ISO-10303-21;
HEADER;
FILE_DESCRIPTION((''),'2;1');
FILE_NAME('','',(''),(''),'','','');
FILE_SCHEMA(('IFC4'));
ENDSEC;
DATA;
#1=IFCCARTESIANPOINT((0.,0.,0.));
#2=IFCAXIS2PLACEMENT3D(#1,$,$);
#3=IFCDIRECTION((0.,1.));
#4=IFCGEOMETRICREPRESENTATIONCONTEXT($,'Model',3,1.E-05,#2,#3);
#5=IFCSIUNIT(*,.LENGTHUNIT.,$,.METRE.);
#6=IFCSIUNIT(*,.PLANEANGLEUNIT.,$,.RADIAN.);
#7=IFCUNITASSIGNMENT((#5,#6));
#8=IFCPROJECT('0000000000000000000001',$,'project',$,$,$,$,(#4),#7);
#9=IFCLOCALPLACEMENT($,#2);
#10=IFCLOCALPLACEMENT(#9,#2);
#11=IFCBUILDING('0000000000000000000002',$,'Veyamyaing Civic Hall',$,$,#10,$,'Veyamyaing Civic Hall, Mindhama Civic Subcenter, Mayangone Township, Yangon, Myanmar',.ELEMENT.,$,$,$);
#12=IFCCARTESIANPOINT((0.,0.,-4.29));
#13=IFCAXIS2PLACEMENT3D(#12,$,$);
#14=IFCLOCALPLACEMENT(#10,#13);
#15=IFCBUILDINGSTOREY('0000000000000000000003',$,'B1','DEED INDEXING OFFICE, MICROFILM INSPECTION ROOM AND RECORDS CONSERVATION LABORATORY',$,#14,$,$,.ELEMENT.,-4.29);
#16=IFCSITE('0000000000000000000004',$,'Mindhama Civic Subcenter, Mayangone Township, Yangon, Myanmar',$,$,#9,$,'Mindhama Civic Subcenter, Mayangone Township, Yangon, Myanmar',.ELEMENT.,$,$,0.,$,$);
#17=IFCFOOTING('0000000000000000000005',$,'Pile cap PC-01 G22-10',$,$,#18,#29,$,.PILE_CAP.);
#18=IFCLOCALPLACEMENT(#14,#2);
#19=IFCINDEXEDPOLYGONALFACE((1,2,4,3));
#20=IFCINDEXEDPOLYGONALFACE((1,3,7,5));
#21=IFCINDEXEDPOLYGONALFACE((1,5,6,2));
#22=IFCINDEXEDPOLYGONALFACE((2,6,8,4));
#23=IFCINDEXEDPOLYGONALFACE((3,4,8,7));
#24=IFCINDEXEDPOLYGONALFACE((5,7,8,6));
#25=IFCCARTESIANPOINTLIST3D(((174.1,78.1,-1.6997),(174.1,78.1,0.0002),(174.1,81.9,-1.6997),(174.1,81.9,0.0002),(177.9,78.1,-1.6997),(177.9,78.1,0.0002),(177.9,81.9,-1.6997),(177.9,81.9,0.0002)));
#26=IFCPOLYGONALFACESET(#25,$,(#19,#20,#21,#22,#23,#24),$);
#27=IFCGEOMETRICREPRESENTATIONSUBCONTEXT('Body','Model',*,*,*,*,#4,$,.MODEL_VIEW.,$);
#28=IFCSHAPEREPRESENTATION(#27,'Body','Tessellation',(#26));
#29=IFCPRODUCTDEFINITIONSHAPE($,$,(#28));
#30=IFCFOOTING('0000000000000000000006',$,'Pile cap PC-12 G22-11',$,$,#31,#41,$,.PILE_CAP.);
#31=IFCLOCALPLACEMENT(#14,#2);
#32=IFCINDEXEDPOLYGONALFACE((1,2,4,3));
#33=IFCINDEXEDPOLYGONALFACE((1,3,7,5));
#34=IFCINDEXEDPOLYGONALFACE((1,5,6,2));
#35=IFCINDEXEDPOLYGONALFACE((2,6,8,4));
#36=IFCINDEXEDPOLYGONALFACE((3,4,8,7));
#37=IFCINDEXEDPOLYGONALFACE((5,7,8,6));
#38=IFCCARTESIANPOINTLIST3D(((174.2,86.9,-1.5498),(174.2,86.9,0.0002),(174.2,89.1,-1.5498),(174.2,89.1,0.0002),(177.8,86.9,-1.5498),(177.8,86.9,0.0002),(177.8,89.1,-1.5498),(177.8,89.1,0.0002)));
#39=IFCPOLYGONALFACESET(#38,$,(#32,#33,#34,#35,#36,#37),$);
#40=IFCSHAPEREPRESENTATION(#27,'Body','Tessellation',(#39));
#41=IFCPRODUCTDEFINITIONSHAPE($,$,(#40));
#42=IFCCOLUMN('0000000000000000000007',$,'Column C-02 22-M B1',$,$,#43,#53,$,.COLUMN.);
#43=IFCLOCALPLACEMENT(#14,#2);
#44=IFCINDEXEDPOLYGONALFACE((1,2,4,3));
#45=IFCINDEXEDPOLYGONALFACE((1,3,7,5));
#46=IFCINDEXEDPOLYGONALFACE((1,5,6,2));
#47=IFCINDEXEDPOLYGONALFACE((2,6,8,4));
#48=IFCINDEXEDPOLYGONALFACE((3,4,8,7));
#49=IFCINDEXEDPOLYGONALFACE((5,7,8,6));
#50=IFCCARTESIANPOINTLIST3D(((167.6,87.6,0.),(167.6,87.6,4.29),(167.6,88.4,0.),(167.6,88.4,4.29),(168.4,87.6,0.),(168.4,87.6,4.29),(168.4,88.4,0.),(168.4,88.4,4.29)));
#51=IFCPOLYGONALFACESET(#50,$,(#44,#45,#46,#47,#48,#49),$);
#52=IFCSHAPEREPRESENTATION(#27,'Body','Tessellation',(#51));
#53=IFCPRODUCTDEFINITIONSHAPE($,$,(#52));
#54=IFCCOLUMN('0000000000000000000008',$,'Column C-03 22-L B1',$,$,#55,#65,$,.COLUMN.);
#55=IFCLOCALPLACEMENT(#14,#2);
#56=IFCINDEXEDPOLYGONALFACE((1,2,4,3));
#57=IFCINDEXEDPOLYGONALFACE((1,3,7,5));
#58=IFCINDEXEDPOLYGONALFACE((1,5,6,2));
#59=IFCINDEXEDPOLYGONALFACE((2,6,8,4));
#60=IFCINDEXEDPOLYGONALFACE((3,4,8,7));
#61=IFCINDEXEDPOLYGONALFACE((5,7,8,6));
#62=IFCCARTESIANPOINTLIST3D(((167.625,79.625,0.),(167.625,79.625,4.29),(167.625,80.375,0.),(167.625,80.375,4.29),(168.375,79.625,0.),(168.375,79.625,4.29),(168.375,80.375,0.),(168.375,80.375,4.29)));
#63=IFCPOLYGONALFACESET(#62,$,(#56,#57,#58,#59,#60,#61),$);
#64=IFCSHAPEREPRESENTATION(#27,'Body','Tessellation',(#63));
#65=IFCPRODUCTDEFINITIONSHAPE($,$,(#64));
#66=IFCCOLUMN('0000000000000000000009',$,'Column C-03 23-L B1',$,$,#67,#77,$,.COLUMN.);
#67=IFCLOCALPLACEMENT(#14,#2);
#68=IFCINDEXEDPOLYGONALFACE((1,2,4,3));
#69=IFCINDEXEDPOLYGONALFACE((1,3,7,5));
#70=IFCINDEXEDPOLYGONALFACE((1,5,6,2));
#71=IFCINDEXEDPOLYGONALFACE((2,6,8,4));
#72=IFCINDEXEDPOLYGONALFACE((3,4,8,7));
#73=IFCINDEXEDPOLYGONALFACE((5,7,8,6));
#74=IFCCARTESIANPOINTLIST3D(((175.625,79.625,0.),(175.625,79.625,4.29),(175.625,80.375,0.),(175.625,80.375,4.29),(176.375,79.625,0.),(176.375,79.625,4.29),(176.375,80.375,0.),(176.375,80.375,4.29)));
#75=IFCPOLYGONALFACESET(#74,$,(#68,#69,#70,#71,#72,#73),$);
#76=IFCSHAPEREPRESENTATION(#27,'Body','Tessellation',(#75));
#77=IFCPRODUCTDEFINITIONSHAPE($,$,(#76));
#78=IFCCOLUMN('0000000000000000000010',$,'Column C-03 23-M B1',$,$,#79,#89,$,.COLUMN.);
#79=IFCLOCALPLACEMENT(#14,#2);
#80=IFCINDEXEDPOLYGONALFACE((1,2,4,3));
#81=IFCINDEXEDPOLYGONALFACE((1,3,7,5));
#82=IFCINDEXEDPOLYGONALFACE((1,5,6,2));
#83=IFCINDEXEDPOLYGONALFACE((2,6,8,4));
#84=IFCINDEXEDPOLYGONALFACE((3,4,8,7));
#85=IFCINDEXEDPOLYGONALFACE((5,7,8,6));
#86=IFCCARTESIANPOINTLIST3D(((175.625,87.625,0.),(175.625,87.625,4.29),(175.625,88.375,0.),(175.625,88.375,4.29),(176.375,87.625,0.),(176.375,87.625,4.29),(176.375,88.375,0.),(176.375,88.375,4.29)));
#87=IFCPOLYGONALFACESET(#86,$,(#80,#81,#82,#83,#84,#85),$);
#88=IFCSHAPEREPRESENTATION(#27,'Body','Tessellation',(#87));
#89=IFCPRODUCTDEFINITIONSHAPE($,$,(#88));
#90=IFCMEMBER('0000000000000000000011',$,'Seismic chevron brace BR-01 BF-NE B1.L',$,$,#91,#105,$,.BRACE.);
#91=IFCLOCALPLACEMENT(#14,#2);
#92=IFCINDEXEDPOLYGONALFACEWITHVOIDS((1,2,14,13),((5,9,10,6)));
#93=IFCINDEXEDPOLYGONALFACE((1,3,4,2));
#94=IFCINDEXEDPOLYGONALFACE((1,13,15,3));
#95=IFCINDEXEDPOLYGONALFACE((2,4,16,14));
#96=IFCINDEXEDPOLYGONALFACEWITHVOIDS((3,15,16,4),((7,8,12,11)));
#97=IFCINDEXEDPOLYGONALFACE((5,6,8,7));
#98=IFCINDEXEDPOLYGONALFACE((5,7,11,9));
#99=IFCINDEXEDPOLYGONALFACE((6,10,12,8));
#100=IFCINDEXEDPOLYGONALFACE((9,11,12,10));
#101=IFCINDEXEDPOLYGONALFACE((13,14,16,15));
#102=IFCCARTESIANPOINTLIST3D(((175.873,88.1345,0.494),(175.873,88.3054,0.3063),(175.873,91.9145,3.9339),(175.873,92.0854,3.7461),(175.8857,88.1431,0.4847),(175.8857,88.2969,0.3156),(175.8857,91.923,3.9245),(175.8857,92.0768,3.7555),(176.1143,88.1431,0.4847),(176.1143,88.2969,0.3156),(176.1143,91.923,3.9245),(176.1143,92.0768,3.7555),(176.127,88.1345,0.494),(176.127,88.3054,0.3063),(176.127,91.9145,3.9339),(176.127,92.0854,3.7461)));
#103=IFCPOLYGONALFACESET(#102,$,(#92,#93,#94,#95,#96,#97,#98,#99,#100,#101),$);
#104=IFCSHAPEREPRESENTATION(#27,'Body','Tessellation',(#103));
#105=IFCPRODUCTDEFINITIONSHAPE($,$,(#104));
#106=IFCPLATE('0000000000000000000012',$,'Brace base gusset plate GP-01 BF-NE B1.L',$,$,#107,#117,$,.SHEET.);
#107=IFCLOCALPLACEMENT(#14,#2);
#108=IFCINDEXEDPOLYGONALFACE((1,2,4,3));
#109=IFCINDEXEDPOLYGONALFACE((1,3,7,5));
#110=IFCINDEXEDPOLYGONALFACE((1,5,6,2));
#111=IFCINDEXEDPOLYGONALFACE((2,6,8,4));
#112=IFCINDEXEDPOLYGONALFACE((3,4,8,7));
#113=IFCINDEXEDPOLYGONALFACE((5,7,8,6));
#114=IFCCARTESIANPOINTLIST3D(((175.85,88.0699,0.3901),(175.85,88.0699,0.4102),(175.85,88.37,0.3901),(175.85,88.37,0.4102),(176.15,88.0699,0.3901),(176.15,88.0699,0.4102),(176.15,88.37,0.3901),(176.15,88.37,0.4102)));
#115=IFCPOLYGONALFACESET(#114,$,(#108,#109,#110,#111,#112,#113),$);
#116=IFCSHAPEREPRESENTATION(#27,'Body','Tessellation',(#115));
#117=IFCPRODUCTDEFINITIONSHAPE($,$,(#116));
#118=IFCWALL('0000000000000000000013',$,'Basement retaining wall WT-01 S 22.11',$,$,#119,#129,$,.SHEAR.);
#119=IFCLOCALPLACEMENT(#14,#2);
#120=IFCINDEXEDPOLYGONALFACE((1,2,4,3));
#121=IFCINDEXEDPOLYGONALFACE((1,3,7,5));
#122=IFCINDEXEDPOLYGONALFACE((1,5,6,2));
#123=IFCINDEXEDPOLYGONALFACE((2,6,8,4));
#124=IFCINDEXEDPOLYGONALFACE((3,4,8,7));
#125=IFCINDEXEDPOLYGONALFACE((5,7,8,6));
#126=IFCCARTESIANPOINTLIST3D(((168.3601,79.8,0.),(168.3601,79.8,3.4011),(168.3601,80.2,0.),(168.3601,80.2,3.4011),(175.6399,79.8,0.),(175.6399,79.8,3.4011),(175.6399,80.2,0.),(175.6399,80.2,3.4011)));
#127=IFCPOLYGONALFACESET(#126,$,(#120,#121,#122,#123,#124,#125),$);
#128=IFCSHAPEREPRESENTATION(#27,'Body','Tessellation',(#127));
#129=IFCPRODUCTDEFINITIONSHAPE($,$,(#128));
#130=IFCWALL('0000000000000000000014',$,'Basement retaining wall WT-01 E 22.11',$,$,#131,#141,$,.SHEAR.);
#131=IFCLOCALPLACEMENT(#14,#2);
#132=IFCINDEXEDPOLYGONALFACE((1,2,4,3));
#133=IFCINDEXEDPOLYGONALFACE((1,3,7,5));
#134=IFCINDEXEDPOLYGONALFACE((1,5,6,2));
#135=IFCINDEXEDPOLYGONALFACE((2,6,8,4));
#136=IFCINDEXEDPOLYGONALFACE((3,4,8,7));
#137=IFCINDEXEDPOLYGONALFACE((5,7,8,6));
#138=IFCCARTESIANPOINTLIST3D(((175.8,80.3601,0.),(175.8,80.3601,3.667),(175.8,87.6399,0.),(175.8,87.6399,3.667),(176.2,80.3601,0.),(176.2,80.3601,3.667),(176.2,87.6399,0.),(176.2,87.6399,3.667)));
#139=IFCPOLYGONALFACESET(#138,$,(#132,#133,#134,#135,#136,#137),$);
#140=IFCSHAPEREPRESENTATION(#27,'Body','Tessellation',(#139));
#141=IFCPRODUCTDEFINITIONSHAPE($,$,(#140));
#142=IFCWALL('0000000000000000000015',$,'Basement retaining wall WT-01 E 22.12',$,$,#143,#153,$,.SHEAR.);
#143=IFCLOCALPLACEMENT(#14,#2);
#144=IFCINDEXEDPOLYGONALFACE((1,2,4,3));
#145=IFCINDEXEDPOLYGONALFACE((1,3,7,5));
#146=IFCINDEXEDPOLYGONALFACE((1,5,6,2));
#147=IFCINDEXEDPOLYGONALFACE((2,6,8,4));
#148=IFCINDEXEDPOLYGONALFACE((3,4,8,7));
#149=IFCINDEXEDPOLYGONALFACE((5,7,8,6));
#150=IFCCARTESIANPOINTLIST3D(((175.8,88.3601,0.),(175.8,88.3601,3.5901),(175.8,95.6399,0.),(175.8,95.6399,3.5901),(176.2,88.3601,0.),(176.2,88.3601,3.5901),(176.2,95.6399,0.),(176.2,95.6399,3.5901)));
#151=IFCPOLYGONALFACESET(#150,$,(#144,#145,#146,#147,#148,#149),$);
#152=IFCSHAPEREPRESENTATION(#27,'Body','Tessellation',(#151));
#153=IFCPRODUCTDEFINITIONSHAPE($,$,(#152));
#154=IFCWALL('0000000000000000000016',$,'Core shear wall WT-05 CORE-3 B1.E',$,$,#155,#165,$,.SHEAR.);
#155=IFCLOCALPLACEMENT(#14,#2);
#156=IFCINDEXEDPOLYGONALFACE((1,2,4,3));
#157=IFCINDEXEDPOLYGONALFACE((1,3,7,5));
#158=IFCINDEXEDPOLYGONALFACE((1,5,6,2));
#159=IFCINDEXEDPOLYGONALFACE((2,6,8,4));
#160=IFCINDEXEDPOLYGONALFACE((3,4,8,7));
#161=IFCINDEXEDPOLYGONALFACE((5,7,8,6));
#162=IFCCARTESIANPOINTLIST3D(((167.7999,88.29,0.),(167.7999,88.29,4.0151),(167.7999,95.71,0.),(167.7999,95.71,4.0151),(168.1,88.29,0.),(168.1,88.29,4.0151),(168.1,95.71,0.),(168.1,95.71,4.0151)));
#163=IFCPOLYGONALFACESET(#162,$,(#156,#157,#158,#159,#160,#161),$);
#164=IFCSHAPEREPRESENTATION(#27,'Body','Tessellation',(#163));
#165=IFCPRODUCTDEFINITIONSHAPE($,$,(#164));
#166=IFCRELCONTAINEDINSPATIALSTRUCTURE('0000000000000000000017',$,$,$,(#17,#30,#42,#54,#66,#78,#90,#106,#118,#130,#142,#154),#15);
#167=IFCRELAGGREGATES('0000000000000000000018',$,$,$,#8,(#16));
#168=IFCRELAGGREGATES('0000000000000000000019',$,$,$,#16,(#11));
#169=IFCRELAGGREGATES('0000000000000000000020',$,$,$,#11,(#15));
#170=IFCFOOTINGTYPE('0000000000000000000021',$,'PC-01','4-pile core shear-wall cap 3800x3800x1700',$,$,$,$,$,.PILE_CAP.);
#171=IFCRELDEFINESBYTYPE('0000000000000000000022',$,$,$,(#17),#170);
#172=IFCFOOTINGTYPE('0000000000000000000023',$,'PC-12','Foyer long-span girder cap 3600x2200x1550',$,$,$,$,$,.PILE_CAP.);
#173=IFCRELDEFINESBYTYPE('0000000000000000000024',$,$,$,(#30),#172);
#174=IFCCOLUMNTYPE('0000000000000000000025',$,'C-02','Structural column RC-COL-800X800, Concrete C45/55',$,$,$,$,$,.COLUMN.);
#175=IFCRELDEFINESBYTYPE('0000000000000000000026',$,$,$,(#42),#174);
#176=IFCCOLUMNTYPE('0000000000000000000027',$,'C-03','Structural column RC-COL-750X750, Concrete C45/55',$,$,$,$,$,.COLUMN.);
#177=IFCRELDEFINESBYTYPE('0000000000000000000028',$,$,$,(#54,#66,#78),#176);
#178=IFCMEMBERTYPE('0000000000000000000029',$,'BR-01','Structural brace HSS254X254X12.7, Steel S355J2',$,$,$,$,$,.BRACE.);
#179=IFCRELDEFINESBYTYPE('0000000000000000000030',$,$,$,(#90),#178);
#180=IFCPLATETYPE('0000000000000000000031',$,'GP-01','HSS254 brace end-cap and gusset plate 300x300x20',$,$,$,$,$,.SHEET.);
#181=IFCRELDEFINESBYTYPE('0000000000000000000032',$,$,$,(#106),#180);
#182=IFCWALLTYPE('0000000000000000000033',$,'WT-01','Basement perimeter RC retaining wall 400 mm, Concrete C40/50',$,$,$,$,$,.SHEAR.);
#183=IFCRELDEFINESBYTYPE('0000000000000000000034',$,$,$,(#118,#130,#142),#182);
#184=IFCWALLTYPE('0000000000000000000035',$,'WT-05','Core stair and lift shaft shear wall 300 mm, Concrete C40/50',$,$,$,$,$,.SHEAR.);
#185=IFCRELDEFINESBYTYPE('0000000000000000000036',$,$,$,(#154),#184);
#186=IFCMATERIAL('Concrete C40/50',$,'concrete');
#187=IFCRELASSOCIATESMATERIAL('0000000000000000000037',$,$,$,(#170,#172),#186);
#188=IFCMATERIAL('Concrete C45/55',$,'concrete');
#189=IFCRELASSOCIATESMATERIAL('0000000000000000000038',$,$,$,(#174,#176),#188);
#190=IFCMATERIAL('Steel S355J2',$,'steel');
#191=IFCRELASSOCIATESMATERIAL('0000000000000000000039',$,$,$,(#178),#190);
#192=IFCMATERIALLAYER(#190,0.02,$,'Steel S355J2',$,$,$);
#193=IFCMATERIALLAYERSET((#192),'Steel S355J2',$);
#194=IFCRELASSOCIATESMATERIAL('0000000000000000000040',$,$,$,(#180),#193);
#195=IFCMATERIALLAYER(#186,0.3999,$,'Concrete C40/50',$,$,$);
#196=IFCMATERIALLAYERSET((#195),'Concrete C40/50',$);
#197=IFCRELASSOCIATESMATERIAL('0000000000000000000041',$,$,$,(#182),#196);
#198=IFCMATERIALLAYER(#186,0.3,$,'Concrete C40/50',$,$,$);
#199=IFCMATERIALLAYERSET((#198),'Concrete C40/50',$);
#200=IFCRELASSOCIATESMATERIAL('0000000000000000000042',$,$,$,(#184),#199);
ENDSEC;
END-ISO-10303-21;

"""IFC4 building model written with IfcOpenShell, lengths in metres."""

from ifc_helpers import new_model, si_unit, direction, frame, frame_2d, origin, origin_2d, place, context, subcontext, project, spatial, rectangle, hollow_rectangle, extrude, material, layer, layer_set, material_profile, profile_set, type_object, element, save


model = new_model("IFC4")

# Units and contexts
model_context = context("Model", 3, precision=1e-05, world=origin(), true_north=direction((0.0, 1.0)))
body_context = subcontext(model_context, "Body", "Model", "MODEL_VIEW")
ifc_project = project(units=[si_unit("LENGTHUNIT", "METRE"), si_unit("PLANEANGLEUNIT", "RADIAN")], contexts=[model_context])

# Site, building, storey
site_placement = place(None, origin())
site = spatial("IfcSite", under=ifc_project, at=site_placement, Name="Mindhama Civic Subcenter, Mayangone Township, Yangon, Myanmar", LongName="Mindhama Civic Subcenter, Mayangone Township, Yangon, Myanmar", CompositionType="ELEMENT", RefElevation=0.0)
building_placement = place(site_placement, origin())
building = spatial("IfcBuilding", under=site, at=building_placement, Name="Veyamyaing Civic Hall", LongName="Veyamyaing Civic Hall, Mindhama Civic Subcenter, Mayangone Township, Yangon, Myanmar", CompositionType="ELEMENT")
storey_placement = place(building_placement, frame((0.0, 0.0, -4.29)))
storey = spatial("IfcBuildingStorey", under=building, at=storey_placement, Name="B1", Description="DEED INDEXING OFFICE, MICROFILM INSPECTION ROOM AND RECORDS CONSERVATION LABORATORY", CompositionType="ELEMENT", Elevation=-4.29)

# Shared definitions
ifc_material_1 = material(Name="Concrete C40/50", Category="concrete")

# Footings
footing_type_1 = type_object("IfcFootingType", Name="PC-01", Description="4-pile core shear-wall cap 3800x3800x1700", PredefinedType="PILE_CAP", material=ifc_material_1)
for number, where, z_axis, x_axis, name in (
    (1, (176.0, 80.0, -1.6997), (0.0, 0.0, 1.0), (1.0, 0.0, 0.0), "Pile cap PC-01 G22-10"),
):
    element("IfcFooting", number, at=place(storey_placement, frame(where, z_axis=z_axis, x_axis=x_axis)), inside=storey, type_object=footing_type_1, Name=name, PredefinedType="PILE_CAP", context=body_context, shape_type="SweptSolid", body=[
        extrude(rectangle(XDim=3.8, YDim=3.8, at=origin_2d()), origin(), (0.0, 0.0, 1.0), 1.7),
    ])
footing_type_2 = type_object("IfcFootingType", Name="PC-12", Description="Foyer long-span girder cap 3600x2200x1550", PredefinedType="PILE_CAP", material=ifc_material_1)
footing_1_placement = place(storey_placement, frame((176.0, 88.0, -1.5498), z_axis=(0.0, 0.0, 1.0), x_axis=(1.0, 0.0, 0.0)))
element("IfcFooting", 2, at=footing_1_placement, inside=storey, type_object=footing_type_2, Name="Pile cap PC-12 G22-11", PredefinedType="PILE_CAP", context=body_context, shape_type="SweptSolid", body=[
    extrude(rectangle(XDim=3.6001, YDim=2.2, at=origin_2d()), origin(), (0.0, 0.0, 1.0), 1.55),
])

# Columns
ifc_material_2 = material(Name="Concrete C45/55", Category="concrete")
ifc_material_profile_1 = material_profile(ifc_material_2, rectangle(XDim=0.8, YDim=0.8, at=origin_2d()), Name="RC-COL-800X800")
ifc_profile_set_1 = profile_set([ifc_material_profile_1], Name="Concrete C45/55")
column_type_1 = type_object("IfcColumnType", Name="C-02", Description="Structural column RC-COL-800X800, Concrete C45/55", PredefinedType="COLUMN", material=ifc_profile_set_1)
column_placement = place(storey_placement, frame((168.0, 88.0, 0.0), z_axis=(0.0, 0.0, 1.0), x_axis=(1.0, 0.0, 0.0)))
element("IfcColumn", 3, at=column_placement, inside=storey, type_object=column_type_1, Name="Column C-02 22-M B1", PredefinedType="COLUMN", context=body_context, shape_type="SweptSolid", body=[
    extrude(rectangle(XDim=0.8, YDim=0.8, at=origin_2d()), origin(), (0.0, 0.0, 1.0), 4.29),
])
ifc_material_profile_2 = material_profile(ifc_material_2, rectangle(XDim=0.75, YDim=0.75, at=origin_2d()), Name="RC-COL-750X750")
ifc_profile_set_2 = profile_set([ifc_material_profile_2], Name="Concrete C45/55")
column_type_2 = type_object("IfcColumnType", Name="C-03", Description="Structural column RC-COL-750X750, Concrete C45/55", PredefinedType="COLUMN", material=ifc_profile_set_2)
for number, where, z_axis, x_axis, name in (
    (4, (168.0, 80.0, 0.0), (0.0, 0.0, 1.0), (1.0, 0.0, 0.0), "Column C-03 22-L B1"),
    (5, (176.0, 80.0, 0.0), (0.0, 0.0, 1.0), (1.0, 0.0, 0.0), "Column C-03 23-L B1"),
    (6, (176.0, 88.0, 0.0), (0.0, 0.0, 1.0), (1.0, 0.0, 0.0), "Column C-03 23-M B1"),
):
    element("IfcColumn", number, at=place(storey_placement, frame(where, z_axis=z_axis, x_axis=x_axis)), inside=storey, type_object=column_type_2, Name=name, PredefinedType="COLUMN", context=body_context, shape_type="SweptSolid", body=[
        extrude(rectangle(XDim=0.75, YDim=0.75, at=origin_2d()), origin(), (0.0, 0.0, 1.0), 4.29),
    ])

# Member
ifc_material_3 = material(Name="Steel S355J2", Category="steel")
ifc_material_profile_3 = material_profile(ifc_material_3, hollow_rectangle(XDim=0.2539, YDim=0.2539, WallThickness=0.0127, at=origin_2d()), Name="HSS254X254X12.7")
ifc_profile_set_3 = profile_set([ifc_material_profile_3], Name="Steel S355J2")
member_type = type_object("IfcMemberType", Name="BR-01", Description="Structural brace HSS254X254X12.7, Steel S355J2", PredefinedType="BRACE", material=ifc_profile_set_3)
member_placement = place(storey_placement, frame((176.0, 88.22, 0.4001), z_axis=(0.0, 0.739594, 0.673053), x_axis=(-1.0, 0.0, 0.0)))
element("IfcMember", 7, at=member_placement, inside=storey, type_object=member_type, Name="Seismic chevron brace BR-01 BF-NE B1.L", PredefinedType="BRACE", context=body_context, shape_type="SweptSolid", body=[
    extrude(hollow_rectangle(XDim=0.2539, YDim=0.2539, WallThickness=0.0127, at=origin_2d()), origin(), (0.0, 0.0, 1.0), 5.1108),
])

# Plate
ifc_layer_1 = layer(ifc_material_3, 0.02, Name="Steel S355J2")
ifc_layer_set_1 = layer_set([ifc_layer_1], Name="Steel S355J2")
plate_type = type_object("IfcPlateType", Name="GP-01", Description="HSS254 brace end-cap and gusset plate 300x300x20", PredefinedType="SHEET", material=ifc_layer_set_1)
plate_placement = place(storey_placement, frame((176.0, 88.22, 0.3901), z_axis=(0.0, 0.0, 1.0), x_axis=(1.0, 0.0, 0.0)))
element("IfcPlate", 8, at=plate_placement, inside=storey, type_object=plate_type, Name="Brace base gusset plate GP-01 BF-NE B1.L", PredefinedType="SHEET", context=body_context, shape_type="SweptSolid", body=[
    extrude(rectangle(XDim=0.3, YDim=0.3, at=origin_2d()), origin(), (0.0, 0.0, 1.0), 0.02),
])

# Walls
ifc_layer_2 = layer(ifc_material_1, 0.3999, Name="Concrete C40/50")
ifc_layer_set_2 = layer_set([ifc_layer_2], Name="Concrete C40/50")
wall_type_1 = type_object("IfcWallType", Name="WT-01", Description="Basement perimeter RC retaining wall 400 mm, Concrete C40/50", PredefinedType="SHEAR", material=ifc_layer_set_2)
wall_1_placement = place(storey_placement, frame((168.3601, 80.0, 0.0), z_axis=(0.0, 0.0, 1.0), x_axis=(1.0, 0.0, 0.0)))
element("IfcWall", 9, at=wall_1_placement, inside=storey, type_object=wall_type_1, Name="Basement retaining wall WT-01 S 22.11", PredefinedType="SHEAR", context=body_context, shape_type="SweptSolid", body=[
    extrude(rectangle(XDim=7.2798, YDim=0.3999, at=frame_2d((3.6399, 0.0))), origin(), (0.0, 0.0, 1.0), 3.4011),
])
wall_2_placement = place(storey_placement, frame((176.0, 80.3601, 0.0), z_axis=(0.0, 0.0, 1.0), x_axis=(0.0, 1.0, 0.0)))
element("IfcWall", 10, at=wall_2_placement, inside=storey, type_object=wall_type_1, Name="Basement retaining wall WT-01 E 22.11", PredefinedType="SHEAR", context=body_context, shape_type="SweptSolid", body=[
    extrude(rectangle(XDim=7.2798, YDim=0.3999, at=frame_2d((3.6399, 0.0))), origin(), (0.0, 0.0, 1.0), 3.667),
])
wall_3_placement = place(storey_placement, frame((176.0, 88.3601, 0.0), z_axis=(0.0, 0.0, 1.0), x_axis=(0.0, 1.0, 0.0)))
element("IfcWall", 11, at=wall_3_placement, inside=storey, type_object=wall_type_1, Name="Basement retaining wall WT-01 E 22.12", PredefinedType="SHEAR", context=body_context, shape_type="SweptSolid", body=[
    extrude(rectangle(XDim=7.2798, YDim=0.3999, at=frame_2d((3.6399, 0.0))), origin(), (0.0, 0.0, 1.0), 3.5901),
])
ifc_layer_3 = layer(ifc_material_1, 0.3, Name="Concrete C40/50")
ifc_layer_set_3 = layer_set([ifc_layer_3], Name="Concrete C40/50")
wall_type_2 = type_object("IfcWallType", Name="WT-05", Description="Core stair and lift shaft shear wall 300 mm, Concrete C40/50", PredefinedType="SHEAR", material=ifc_layer_set_3)
wall_4_placement = place(storey_placement, frame((167.95, 88.29, 0.0), z_axis=(0.0, 0.0, 1.0), x_axis=(0.0, 1.0, 0.0)))
element("IfcWall", 12, at=wall_4_placement, inside=storey, type_object=wall_type_2, Name="Core shear wall WT-05 CORE-3 B1.E", PredefinedType="SHEAR", context=body_context, shape_type="SweptSolid", body=[
    extrude(rectangle(XDim=7.4199, YDim=0.3, at=frame_2d((3.71, 0.0))), origin(), (0.0, 0.0, 1.0), 4.0151),
])

save(model, "model.ifc")
